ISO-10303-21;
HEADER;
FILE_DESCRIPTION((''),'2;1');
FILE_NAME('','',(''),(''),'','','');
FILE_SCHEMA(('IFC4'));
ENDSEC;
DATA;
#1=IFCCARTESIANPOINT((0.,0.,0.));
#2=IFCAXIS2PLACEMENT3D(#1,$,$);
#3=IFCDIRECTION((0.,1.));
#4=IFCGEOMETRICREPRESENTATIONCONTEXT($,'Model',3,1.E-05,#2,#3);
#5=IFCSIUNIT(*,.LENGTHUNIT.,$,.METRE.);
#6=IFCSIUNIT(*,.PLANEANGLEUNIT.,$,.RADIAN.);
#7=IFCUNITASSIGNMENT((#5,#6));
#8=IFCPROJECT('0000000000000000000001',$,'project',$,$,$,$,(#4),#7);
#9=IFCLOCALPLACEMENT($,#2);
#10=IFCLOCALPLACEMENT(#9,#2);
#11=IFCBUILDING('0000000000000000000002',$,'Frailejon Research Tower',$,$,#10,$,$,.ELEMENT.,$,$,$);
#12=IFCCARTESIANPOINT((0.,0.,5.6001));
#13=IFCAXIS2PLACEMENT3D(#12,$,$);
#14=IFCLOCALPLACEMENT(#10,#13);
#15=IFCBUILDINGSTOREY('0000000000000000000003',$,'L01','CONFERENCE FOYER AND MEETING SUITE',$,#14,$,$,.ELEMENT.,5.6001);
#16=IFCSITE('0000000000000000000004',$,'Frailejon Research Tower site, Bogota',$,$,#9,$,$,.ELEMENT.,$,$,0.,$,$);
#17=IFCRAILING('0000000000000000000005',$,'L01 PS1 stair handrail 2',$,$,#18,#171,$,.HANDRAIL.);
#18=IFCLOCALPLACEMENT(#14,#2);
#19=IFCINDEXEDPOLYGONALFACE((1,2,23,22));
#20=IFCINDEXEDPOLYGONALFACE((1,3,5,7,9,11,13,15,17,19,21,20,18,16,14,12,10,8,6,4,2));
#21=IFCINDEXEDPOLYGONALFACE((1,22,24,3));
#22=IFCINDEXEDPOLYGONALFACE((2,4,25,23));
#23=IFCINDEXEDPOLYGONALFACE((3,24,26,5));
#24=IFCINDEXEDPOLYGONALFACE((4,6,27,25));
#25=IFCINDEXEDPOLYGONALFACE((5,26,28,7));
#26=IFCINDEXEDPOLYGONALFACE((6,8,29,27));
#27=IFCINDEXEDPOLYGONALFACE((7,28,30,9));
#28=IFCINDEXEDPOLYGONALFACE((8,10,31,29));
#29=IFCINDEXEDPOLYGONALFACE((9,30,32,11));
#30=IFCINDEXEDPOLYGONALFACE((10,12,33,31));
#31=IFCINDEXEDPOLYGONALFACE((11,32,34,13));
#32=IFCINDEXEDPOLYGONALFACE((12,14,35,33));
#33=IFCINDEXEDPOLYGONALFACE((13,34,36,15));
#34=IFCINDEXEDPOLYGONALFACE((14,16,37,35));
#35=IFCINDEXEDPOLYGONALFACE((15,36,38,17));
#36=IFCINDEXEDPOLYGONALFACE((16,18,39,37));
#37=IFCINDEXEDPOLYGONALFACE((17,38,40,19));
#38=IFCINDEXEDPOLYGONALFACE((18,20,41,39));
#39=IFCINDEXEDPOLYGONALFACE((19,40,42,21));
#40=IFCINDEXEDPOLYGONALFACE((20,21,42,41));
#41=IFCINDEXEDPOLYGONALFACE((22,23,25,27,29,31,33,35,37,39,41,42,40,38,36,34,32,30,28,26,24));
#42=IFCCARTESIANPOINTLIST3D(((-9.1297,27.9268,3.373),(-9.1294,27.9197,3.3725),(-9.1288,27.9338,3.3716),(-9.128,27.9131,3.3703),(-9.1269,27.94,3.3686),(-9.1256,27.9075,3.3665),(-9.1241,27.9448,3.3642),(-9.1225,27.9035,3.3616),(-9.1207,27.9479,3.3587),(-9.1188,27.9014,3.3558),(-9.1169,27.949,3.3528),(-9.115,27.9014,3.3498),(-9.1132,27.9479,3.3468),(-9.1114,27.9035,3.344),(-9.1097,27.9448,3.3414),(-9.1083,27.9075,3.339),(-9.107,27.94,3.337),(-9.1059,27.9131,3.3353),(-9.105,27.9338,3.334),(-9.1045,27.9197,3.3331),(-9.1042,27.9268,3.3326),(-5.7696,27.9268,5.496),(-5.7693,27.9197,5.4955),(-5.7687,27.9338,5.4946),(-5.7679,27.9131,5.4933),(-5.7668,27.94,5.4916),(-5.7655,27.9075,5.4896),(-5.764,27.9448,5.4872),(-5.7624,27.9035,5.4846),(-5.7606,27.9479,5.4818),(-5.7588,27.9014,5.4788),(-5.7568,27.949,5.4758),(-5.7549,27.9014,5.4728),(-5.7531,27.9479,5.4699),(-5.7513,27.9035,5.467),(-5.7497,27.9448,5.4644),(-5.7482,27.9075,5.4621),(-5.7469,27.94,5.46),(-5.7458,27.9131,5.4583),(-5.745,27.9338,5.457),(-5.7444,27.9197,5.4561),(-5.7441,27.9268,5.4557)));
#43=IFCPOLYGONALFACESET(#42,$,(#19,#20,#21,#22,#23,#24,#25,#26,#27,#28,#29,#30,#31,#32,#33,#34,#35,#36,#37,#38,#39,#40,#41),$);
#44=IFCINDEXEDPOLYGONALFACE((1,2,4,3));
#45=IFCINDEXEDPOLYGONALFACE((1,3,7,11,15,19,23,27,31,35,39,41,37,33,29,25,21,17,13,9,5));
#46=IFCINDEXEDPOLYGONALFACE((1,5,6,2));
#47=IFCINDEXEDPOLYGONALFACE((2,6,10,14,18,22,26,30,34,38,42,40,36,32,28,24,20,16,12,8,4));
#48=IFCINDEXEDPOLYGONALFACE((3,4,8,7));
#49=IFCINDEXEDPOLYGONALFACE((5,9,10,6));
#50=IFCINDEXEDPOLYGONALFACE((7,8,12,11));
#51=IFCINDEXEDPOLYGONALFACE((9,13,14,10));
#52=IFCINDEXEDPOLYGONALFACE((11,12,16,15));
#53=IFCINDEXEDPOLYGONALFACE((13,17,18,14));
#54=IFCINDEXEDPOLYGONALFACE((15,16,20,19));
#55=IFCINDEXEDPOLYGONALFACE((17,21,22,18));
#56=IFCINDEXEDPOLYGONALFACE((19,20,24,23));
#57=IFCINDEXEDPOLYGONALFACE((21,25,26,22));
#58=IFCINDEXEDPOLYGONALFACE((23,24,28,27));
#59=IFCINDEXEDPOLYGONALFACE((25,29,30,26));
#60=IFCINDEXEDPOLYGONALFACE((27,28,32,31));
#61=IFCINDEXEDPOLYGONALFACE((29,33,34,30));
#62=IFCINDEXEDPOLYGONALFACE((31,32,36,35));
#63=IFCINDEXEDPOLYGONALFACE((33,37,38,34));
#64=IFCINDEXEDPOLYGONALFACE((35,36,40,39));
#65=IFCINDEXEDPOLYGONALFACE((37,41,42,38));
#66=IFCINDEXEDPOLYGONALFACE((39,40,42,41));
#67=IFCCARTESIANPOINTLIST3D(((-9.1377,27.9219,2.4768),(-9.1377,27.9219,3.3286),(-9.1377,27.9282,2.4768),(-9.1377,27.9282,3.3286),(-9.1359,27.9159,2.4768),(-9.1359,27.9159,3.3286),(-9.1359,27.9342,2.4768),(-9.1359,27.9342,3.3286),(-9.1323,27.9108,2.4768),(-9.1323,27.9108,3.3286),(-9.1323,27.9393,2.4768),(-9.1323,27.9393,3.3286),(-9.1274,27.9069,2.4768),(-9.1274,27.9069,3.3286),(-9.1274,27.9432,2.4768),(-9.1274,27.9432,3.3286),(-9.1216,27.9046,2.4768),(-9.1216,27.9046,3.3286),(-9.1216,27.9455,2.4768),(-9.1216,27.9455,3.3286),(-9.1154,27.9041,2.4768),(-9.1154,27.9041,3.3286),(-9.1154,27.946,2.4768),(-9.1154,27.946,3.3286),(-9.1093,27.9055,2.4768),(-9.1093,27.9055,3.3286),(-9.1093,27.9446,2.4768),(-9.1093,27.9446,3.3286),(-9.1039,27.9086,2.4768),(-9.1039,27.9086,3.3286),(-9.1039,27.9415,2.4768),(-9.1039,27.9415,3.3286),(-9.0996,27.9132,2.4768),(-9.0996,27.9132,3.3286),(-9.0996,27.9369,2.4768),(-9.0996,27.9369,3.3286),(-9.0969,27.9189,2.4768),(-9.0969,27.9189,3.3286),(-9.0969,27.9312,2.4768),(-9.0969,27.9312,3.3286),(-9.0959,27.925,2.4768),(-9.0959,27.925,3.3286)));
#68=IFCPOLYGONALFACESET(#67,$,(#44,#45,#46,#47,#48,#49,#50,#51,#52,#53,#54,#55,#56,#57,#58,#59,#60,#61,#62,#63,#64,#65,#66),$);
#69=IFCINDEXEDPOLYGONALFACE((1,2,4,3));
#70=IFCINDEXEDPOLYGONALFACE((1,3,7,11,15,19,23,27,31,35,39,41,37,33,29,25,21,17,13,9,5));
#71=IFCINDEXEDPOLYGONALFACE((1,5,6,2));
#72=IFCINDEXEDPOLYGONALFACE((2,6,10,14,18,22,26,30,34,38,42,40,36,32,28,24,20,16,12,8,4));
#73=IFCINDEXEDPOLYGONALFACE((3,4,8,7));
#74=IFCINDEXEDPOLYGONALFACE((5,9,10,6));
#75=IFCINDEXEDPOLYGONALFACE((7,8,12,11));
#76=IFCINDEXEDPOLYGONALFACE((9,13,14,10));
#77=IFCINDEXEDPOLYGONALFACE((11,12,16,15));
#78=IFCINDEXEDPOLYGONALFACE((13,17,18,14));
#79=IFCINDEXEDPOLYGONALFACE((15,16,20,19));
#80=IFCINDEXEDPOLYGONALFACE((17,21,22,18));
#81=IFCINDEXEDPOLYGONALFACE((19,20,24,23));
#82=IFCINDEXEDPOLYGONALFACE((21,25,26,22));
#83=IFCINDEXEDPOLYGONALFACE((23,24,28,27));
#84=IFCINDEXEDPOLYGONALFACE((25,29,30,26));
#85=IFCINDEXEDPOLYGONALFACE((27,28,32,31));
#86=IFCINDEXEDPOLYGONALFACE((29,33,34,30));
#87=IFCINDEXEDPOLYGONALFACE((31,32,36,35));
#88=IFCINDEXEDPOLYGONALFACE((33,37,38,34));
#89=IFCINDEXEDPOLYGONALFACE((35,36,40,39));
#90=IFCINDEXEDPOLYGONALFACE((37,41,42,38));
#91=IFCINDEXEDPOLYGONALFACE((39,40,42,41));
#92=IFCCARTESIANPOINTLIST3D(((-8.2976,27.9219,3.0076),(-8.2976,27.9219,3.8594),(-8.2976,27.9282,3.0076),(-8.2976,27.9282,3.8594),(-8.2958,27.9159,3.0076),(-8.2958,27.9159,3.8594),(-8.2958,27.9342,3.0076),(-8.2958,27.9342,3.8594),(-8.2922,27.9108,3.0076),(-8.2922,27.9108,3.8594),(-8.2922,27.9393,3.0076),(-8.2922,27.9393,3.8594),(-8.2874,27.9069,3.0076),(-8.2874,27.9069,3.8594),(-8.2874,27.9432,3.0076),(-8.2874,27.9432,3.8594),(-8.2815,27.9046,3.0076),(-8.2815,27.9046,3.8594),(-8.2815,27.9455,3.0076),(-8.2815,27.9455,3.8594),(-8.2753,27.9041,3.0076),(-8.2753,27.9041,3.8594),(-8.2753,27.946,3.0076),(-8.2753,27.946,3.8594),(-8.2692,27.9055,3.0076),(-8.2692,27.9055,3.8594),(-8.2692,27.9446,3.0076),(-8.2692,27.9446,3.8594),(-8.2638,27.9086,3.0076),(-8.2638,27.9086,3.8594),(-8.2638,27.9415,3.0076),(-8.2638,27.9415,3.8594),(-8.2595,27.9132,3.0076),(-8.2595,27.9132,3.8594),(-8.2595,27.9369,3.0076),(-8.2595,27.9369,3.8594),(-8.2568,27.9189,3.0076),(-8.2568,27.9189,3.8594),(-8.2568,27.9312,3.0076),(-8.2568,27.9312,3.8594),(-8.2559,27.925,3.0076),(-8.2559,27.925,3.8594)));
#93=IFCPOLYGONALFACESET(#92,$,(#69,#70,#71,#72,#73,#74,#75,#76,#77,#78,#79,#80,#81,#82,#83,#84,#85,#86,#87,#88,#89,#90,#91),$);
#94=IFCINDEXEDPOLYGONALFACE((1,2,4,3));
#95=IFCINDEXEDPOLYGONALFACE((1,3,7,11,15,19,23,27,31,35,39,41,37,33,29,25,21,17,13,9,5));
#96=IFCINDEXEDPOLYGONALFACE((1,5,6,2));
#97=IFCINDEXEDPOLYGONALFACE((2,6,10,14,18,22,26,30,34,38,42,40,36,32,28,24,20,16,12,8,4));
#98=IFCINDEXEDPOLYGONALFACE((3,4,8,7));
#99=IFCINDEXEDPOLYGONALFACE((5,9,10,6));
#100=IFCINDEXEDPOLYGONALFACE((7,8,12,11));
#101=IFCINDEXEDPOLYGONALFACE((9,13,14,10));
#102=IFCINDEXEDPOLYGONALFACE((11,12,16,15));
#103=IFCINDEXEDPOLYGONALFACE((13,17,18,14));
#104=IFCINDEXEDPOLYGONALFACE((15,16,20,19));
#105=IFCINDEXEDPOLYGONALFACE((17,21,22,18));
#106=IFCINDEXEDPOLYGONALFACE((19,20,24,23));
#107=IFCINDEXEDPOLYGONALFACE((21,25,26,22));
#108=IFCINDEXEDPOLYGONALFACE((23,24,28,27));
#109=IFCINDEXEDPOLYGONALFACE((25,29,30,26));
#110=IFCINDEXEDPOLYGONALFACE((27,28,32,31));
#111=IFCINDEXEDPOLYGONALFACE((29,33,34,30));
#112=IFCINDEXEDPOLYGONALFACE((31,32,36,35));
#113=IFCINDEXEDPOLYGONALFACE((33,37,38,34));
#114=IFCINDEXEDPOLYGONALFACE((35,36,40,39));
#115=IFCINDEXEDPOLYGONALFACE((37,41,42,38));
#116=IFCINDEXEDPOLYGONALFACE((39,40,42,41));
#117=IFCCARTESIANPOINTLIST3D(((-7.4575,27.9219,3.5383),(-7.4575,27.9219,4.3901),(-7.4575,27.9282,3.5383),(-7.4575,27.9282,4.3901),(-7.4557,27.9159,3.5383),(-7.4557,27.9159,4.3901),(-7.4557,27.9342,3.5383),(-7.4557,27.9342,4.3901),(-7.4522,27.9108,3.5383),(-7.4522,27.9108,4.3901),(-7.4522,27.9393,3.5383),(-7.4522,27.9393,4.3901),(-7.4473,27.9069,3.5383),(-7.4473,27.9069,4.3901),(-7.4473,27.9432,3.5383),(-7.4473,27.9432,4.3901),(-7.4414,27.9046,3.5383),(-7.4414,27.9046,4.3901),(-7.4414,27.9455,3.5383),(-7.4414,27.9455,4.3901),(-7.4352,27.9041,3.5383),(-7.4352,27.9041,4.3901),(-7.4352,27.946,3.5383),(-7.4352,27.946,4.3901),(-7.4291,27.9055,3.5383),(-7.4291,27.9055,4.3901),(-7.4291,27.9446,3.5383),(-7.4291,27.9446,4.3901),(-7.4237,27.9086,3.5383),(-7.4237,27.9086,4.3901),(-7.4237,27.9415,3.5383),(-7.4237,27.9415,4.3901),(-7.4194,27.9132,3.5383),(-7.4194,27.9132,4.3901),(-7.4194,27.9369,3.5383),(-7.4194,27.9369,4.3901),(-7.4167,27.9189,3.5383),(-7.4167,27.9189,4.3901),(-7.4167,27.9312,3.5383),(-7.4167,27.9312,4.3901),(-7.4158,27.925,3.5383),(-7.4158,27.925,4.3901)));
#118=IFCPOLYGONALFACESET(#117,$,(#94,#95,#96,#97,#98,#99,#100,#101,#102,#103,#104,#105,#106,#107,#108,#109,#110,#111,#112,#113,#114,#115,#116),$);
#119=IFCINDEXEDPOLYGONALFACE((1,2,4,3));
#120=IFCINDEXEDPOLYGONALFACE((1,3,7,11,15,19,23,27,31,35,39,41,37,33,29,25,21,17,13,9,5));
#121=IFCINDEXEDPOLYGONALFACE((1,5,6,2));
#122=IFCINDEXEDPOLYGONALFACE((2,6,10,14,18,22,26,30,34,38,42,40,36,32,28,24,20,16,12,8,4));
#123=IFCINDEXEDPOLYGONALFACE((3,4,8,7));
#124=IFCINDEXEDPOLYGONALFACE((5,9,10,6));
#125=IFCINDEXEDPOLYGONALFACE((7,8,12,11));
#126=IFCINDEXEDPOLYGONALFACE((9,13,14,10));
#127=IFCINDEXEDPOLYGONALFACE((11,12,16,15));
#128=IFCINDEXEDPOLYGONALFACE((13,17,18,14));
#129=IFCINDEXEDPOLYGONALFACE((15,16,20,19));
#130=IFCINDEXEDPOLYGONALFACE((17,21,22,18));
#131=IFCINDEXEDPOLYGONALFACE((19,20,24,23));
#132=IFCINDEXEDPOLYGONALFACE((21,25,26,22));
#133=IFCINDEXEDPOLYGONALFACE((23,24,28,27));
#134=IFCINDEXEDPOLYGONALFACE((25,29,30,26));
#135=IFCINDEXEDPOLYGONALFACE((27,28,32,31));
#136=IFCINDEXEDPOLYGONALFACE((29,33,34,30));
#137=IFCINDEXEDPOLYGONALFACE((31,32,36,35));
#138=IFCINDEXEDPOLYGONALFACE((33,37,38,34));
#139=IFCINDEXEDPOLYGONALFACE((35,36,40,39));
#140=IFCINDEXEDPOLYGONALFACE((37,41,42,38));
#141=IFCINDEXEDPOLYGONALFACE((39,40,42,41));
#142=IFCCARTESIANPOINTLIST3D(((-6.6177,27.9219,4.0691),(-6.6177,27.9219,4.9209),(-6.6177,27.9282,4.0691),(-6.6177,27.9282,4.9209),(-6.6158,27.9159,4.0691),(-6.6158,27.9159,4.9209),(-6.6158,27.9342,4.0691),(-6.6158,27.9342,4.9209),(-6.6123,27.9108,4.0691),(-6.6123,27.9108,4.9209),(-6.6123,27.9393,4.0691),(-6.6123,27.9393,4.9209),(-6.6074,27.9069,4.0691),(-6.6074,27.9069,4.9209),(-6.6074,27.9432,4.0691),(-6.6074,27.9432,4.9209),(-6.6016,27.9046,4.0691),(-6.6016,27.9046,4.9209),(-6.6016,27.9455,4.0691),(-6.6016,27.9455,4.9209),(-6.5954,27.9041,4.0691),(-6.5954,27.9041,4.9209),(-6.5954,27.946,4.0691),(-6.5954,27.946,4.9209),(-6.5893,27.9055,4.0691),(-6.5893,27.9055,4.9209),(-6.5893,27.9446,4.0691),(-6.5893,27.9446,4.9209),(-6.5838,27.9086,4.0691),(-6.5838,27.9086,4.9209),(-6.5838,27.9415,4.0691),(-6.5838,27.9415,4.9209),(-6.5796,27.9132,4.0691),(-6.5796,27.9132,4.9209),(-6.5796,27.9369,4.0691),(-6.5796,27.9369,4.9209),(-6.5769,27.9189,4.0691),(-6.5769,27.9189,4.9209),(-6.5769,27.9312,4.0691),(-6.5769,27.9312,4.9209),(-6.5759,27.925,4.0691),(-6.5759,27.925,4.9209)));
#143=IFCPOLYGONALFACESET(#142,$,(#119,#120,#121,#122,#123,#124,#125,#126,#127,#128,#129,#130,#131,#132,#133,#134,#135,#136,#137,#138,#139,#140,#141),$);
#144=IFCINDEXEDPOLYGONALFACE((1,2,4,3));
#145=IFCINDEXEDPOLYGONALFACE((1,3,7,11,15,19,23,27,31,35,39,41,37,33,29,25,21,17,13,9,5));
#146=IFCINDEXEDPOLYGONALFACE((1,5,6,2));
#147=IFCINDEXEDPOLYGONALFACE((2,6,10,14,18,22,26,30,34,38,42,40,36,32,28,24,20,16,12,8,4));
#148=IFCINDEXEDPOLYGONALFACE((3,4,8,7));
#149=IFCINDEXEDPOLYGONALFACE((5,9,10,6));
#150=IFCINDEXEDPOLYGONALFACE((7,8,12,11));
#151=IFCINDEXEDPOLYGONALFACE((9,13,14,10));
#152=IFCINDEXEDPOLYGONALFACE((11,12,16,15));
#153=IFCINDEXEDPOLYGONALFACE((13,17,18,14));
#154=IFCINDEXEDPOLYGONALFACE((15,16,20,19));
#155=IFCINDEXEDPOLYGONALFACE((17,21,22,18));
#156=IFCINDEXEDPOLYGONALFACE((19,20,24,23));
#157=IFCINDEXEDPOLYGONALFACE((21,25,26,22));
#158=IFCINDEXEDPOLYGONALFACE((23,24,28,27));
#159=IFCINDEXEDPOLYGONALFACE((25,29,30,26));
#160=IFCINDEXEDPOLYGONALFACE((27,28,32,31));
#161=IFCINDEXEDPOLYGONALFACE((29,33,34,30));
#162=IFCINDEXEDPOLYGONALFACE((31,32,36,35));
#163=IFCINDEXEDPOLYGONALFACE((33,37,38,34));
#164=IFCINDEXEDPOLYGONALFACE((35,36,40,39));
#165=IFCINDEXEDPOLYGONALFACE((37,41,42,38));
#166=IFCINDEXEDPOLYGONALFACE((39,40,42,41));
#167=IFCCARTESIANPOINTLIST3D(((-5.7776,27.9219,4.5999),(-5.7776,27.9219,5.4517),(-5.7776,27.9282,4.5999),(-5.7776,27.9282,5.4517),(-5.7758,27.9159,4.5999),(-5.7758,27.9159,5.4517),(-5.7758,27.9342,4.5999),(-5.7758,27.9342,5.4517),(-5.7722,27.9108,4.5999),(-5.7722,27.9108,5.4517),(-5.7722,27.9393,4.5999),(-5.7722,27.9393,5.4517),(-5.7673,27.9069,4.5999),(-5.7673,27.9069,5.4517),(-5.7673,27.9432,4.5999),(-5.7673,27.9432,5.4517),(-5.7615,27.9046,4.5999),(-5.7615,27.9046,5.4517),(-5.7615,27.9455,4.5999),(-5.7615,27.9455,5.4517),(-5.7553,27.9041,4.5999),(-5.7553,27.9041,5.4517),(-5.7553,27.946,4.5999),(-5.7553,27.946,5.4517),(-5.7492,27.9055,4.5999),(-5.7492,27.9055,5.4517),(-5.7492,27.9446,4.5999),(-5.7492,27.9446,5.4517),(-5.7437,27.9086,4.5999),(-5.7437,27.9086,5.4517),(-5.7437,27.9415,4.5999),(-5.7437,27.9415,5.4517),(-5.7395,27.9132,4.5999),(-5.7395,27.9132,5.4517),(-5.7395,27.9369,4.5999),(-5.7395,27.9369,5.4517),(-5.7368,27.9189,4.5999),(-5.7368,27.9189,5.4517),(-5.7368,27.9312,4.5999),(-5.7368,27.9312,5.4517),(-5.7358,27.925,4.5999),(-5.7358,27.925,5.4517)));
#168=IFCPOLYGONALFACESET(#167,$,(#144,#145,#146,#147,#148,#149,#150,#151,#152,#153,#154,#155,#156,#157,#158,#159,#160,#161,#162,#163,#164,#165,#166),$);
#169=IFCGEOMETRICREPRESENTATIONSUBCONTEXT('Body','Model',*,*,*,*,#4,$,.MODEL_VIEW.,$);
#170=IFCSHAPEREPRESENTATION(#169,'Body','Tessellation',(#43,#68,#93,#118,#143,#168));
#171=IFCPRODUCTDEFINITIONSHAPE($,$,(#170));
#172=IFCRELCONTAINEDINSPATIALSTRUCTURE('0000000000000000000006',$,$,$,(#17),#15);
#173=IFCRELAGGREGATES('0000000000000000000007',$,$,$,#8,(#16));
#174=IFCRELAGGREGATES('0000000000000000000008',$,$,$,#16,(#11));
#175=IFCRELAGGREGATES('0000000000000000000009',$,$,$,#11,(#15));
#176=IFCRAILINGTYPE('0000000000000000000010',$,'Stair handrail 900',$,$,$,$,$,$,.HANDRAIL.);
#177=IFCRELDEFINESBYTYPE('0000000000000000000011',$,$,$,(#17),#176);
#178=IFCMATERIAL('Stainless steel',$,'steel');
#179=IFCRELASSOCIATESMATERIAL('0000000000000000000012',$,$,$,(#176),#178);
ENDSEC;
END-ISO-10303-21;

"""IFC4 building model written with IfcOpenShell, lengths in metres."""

from ifc_helpers import new_model, si_unit, direction, frame, origin, origin_2d, place, context, subcontext, project, spatial, circle, extrude, material, type_object, element, save


model = new_model("IFC4")

# Units and contexts
model_context = context("Model", 3, precision=1e-05, world=origin(), true_north=direction((0.0, 1.0)))
body_context = subcontext(model_context, "Body", "Model", "MODEL_VIEW")
ifc_project = project(units=[si_unit("LENGTHUNIT", "METRE"), si_unit("PLANEANGLEUNIT", "RADIAN")], contexts=[model_context])

# Site, building, storey
site_placement = place(None, origin())
site = spatial("IfcSite", under=ifc_project, at=site_placement, Name="Frailejon Research Tower site, Bogota", CompositionType="ELEMENT", RefElevation=0.0)
building_placement = place(site_placement, origin())
building = spatial("IfcBuilding", under=site, at=building_placement, Name="Frailejon Research Tower", CompositionType="ELEMENT")
storey_placement = place(building_placement, frame((0.0, 0.0, 5.6001)))
storey = spatial("IfcBuildingStorey", under=building, at=storey_placement, Name="L01", Description="CONFERENCE FOYER AND MEETING SUITE", CompositionType="ELEMENT", Elevation=5.6001)

# Railing
ifc_material_1 = material(Name="Stainless steel", Category="steel")
railing_type_1 = type_object("IfcRailingType", Name="Stair handrail 900", PredefinedType="HANDRAIL", material=ifc_material_1)
railing_1_placement = place(storey_placement, frame((-9.1169, 27.925, 2.4768)))
element("IfcRailing", 1, at=railing_1_placement, inside=storey, type_object=railing_type_1, Name="L01 PS1 stair handrail 2", PredefinedType="HANDRAIL", context=body_context, shape_type="SweptSolid", body=[
    extrude(circle(Radius=0.0239, at=origin_2d()), frame((0.0, 0.0, 0.876), z_axis=(0.84539, 0.0, 0.53415), x_axis=(0.0, 1.0, 0.0)), (0.0, 0.0, 1.0), 3.9746),
    extrude(circle(Radius=0.021, at=origin_2d()), origin(), (0.0, 0.0, 1.0), 0.8518),
    extrude(circle(Radius=0.021, at=origin_2d()), frame((0.8401, 0.0, 0.5308)), (0.0, 0.0, 1.0), 0.8518),
    extrude(circle(Radius=0.021, at=origin_2d()), frame((1.6802, 0.0, 1.0615)), (0.0, 0.0, 1.0), 0.8518),
    extrude(circle(Radius=0.021, at=origin_2d()), frame((2.52, 0.0, 1.5923)), (0.0, 0.0, 1.0), 0.8518),
    extrude(circle(Radius=0.021, at=origin_2d()), frame((3.3601, 0.0, 2.123)), (0.0, 0.0, 1.0), 0.8518),
])

save(model, "model.ifc")
